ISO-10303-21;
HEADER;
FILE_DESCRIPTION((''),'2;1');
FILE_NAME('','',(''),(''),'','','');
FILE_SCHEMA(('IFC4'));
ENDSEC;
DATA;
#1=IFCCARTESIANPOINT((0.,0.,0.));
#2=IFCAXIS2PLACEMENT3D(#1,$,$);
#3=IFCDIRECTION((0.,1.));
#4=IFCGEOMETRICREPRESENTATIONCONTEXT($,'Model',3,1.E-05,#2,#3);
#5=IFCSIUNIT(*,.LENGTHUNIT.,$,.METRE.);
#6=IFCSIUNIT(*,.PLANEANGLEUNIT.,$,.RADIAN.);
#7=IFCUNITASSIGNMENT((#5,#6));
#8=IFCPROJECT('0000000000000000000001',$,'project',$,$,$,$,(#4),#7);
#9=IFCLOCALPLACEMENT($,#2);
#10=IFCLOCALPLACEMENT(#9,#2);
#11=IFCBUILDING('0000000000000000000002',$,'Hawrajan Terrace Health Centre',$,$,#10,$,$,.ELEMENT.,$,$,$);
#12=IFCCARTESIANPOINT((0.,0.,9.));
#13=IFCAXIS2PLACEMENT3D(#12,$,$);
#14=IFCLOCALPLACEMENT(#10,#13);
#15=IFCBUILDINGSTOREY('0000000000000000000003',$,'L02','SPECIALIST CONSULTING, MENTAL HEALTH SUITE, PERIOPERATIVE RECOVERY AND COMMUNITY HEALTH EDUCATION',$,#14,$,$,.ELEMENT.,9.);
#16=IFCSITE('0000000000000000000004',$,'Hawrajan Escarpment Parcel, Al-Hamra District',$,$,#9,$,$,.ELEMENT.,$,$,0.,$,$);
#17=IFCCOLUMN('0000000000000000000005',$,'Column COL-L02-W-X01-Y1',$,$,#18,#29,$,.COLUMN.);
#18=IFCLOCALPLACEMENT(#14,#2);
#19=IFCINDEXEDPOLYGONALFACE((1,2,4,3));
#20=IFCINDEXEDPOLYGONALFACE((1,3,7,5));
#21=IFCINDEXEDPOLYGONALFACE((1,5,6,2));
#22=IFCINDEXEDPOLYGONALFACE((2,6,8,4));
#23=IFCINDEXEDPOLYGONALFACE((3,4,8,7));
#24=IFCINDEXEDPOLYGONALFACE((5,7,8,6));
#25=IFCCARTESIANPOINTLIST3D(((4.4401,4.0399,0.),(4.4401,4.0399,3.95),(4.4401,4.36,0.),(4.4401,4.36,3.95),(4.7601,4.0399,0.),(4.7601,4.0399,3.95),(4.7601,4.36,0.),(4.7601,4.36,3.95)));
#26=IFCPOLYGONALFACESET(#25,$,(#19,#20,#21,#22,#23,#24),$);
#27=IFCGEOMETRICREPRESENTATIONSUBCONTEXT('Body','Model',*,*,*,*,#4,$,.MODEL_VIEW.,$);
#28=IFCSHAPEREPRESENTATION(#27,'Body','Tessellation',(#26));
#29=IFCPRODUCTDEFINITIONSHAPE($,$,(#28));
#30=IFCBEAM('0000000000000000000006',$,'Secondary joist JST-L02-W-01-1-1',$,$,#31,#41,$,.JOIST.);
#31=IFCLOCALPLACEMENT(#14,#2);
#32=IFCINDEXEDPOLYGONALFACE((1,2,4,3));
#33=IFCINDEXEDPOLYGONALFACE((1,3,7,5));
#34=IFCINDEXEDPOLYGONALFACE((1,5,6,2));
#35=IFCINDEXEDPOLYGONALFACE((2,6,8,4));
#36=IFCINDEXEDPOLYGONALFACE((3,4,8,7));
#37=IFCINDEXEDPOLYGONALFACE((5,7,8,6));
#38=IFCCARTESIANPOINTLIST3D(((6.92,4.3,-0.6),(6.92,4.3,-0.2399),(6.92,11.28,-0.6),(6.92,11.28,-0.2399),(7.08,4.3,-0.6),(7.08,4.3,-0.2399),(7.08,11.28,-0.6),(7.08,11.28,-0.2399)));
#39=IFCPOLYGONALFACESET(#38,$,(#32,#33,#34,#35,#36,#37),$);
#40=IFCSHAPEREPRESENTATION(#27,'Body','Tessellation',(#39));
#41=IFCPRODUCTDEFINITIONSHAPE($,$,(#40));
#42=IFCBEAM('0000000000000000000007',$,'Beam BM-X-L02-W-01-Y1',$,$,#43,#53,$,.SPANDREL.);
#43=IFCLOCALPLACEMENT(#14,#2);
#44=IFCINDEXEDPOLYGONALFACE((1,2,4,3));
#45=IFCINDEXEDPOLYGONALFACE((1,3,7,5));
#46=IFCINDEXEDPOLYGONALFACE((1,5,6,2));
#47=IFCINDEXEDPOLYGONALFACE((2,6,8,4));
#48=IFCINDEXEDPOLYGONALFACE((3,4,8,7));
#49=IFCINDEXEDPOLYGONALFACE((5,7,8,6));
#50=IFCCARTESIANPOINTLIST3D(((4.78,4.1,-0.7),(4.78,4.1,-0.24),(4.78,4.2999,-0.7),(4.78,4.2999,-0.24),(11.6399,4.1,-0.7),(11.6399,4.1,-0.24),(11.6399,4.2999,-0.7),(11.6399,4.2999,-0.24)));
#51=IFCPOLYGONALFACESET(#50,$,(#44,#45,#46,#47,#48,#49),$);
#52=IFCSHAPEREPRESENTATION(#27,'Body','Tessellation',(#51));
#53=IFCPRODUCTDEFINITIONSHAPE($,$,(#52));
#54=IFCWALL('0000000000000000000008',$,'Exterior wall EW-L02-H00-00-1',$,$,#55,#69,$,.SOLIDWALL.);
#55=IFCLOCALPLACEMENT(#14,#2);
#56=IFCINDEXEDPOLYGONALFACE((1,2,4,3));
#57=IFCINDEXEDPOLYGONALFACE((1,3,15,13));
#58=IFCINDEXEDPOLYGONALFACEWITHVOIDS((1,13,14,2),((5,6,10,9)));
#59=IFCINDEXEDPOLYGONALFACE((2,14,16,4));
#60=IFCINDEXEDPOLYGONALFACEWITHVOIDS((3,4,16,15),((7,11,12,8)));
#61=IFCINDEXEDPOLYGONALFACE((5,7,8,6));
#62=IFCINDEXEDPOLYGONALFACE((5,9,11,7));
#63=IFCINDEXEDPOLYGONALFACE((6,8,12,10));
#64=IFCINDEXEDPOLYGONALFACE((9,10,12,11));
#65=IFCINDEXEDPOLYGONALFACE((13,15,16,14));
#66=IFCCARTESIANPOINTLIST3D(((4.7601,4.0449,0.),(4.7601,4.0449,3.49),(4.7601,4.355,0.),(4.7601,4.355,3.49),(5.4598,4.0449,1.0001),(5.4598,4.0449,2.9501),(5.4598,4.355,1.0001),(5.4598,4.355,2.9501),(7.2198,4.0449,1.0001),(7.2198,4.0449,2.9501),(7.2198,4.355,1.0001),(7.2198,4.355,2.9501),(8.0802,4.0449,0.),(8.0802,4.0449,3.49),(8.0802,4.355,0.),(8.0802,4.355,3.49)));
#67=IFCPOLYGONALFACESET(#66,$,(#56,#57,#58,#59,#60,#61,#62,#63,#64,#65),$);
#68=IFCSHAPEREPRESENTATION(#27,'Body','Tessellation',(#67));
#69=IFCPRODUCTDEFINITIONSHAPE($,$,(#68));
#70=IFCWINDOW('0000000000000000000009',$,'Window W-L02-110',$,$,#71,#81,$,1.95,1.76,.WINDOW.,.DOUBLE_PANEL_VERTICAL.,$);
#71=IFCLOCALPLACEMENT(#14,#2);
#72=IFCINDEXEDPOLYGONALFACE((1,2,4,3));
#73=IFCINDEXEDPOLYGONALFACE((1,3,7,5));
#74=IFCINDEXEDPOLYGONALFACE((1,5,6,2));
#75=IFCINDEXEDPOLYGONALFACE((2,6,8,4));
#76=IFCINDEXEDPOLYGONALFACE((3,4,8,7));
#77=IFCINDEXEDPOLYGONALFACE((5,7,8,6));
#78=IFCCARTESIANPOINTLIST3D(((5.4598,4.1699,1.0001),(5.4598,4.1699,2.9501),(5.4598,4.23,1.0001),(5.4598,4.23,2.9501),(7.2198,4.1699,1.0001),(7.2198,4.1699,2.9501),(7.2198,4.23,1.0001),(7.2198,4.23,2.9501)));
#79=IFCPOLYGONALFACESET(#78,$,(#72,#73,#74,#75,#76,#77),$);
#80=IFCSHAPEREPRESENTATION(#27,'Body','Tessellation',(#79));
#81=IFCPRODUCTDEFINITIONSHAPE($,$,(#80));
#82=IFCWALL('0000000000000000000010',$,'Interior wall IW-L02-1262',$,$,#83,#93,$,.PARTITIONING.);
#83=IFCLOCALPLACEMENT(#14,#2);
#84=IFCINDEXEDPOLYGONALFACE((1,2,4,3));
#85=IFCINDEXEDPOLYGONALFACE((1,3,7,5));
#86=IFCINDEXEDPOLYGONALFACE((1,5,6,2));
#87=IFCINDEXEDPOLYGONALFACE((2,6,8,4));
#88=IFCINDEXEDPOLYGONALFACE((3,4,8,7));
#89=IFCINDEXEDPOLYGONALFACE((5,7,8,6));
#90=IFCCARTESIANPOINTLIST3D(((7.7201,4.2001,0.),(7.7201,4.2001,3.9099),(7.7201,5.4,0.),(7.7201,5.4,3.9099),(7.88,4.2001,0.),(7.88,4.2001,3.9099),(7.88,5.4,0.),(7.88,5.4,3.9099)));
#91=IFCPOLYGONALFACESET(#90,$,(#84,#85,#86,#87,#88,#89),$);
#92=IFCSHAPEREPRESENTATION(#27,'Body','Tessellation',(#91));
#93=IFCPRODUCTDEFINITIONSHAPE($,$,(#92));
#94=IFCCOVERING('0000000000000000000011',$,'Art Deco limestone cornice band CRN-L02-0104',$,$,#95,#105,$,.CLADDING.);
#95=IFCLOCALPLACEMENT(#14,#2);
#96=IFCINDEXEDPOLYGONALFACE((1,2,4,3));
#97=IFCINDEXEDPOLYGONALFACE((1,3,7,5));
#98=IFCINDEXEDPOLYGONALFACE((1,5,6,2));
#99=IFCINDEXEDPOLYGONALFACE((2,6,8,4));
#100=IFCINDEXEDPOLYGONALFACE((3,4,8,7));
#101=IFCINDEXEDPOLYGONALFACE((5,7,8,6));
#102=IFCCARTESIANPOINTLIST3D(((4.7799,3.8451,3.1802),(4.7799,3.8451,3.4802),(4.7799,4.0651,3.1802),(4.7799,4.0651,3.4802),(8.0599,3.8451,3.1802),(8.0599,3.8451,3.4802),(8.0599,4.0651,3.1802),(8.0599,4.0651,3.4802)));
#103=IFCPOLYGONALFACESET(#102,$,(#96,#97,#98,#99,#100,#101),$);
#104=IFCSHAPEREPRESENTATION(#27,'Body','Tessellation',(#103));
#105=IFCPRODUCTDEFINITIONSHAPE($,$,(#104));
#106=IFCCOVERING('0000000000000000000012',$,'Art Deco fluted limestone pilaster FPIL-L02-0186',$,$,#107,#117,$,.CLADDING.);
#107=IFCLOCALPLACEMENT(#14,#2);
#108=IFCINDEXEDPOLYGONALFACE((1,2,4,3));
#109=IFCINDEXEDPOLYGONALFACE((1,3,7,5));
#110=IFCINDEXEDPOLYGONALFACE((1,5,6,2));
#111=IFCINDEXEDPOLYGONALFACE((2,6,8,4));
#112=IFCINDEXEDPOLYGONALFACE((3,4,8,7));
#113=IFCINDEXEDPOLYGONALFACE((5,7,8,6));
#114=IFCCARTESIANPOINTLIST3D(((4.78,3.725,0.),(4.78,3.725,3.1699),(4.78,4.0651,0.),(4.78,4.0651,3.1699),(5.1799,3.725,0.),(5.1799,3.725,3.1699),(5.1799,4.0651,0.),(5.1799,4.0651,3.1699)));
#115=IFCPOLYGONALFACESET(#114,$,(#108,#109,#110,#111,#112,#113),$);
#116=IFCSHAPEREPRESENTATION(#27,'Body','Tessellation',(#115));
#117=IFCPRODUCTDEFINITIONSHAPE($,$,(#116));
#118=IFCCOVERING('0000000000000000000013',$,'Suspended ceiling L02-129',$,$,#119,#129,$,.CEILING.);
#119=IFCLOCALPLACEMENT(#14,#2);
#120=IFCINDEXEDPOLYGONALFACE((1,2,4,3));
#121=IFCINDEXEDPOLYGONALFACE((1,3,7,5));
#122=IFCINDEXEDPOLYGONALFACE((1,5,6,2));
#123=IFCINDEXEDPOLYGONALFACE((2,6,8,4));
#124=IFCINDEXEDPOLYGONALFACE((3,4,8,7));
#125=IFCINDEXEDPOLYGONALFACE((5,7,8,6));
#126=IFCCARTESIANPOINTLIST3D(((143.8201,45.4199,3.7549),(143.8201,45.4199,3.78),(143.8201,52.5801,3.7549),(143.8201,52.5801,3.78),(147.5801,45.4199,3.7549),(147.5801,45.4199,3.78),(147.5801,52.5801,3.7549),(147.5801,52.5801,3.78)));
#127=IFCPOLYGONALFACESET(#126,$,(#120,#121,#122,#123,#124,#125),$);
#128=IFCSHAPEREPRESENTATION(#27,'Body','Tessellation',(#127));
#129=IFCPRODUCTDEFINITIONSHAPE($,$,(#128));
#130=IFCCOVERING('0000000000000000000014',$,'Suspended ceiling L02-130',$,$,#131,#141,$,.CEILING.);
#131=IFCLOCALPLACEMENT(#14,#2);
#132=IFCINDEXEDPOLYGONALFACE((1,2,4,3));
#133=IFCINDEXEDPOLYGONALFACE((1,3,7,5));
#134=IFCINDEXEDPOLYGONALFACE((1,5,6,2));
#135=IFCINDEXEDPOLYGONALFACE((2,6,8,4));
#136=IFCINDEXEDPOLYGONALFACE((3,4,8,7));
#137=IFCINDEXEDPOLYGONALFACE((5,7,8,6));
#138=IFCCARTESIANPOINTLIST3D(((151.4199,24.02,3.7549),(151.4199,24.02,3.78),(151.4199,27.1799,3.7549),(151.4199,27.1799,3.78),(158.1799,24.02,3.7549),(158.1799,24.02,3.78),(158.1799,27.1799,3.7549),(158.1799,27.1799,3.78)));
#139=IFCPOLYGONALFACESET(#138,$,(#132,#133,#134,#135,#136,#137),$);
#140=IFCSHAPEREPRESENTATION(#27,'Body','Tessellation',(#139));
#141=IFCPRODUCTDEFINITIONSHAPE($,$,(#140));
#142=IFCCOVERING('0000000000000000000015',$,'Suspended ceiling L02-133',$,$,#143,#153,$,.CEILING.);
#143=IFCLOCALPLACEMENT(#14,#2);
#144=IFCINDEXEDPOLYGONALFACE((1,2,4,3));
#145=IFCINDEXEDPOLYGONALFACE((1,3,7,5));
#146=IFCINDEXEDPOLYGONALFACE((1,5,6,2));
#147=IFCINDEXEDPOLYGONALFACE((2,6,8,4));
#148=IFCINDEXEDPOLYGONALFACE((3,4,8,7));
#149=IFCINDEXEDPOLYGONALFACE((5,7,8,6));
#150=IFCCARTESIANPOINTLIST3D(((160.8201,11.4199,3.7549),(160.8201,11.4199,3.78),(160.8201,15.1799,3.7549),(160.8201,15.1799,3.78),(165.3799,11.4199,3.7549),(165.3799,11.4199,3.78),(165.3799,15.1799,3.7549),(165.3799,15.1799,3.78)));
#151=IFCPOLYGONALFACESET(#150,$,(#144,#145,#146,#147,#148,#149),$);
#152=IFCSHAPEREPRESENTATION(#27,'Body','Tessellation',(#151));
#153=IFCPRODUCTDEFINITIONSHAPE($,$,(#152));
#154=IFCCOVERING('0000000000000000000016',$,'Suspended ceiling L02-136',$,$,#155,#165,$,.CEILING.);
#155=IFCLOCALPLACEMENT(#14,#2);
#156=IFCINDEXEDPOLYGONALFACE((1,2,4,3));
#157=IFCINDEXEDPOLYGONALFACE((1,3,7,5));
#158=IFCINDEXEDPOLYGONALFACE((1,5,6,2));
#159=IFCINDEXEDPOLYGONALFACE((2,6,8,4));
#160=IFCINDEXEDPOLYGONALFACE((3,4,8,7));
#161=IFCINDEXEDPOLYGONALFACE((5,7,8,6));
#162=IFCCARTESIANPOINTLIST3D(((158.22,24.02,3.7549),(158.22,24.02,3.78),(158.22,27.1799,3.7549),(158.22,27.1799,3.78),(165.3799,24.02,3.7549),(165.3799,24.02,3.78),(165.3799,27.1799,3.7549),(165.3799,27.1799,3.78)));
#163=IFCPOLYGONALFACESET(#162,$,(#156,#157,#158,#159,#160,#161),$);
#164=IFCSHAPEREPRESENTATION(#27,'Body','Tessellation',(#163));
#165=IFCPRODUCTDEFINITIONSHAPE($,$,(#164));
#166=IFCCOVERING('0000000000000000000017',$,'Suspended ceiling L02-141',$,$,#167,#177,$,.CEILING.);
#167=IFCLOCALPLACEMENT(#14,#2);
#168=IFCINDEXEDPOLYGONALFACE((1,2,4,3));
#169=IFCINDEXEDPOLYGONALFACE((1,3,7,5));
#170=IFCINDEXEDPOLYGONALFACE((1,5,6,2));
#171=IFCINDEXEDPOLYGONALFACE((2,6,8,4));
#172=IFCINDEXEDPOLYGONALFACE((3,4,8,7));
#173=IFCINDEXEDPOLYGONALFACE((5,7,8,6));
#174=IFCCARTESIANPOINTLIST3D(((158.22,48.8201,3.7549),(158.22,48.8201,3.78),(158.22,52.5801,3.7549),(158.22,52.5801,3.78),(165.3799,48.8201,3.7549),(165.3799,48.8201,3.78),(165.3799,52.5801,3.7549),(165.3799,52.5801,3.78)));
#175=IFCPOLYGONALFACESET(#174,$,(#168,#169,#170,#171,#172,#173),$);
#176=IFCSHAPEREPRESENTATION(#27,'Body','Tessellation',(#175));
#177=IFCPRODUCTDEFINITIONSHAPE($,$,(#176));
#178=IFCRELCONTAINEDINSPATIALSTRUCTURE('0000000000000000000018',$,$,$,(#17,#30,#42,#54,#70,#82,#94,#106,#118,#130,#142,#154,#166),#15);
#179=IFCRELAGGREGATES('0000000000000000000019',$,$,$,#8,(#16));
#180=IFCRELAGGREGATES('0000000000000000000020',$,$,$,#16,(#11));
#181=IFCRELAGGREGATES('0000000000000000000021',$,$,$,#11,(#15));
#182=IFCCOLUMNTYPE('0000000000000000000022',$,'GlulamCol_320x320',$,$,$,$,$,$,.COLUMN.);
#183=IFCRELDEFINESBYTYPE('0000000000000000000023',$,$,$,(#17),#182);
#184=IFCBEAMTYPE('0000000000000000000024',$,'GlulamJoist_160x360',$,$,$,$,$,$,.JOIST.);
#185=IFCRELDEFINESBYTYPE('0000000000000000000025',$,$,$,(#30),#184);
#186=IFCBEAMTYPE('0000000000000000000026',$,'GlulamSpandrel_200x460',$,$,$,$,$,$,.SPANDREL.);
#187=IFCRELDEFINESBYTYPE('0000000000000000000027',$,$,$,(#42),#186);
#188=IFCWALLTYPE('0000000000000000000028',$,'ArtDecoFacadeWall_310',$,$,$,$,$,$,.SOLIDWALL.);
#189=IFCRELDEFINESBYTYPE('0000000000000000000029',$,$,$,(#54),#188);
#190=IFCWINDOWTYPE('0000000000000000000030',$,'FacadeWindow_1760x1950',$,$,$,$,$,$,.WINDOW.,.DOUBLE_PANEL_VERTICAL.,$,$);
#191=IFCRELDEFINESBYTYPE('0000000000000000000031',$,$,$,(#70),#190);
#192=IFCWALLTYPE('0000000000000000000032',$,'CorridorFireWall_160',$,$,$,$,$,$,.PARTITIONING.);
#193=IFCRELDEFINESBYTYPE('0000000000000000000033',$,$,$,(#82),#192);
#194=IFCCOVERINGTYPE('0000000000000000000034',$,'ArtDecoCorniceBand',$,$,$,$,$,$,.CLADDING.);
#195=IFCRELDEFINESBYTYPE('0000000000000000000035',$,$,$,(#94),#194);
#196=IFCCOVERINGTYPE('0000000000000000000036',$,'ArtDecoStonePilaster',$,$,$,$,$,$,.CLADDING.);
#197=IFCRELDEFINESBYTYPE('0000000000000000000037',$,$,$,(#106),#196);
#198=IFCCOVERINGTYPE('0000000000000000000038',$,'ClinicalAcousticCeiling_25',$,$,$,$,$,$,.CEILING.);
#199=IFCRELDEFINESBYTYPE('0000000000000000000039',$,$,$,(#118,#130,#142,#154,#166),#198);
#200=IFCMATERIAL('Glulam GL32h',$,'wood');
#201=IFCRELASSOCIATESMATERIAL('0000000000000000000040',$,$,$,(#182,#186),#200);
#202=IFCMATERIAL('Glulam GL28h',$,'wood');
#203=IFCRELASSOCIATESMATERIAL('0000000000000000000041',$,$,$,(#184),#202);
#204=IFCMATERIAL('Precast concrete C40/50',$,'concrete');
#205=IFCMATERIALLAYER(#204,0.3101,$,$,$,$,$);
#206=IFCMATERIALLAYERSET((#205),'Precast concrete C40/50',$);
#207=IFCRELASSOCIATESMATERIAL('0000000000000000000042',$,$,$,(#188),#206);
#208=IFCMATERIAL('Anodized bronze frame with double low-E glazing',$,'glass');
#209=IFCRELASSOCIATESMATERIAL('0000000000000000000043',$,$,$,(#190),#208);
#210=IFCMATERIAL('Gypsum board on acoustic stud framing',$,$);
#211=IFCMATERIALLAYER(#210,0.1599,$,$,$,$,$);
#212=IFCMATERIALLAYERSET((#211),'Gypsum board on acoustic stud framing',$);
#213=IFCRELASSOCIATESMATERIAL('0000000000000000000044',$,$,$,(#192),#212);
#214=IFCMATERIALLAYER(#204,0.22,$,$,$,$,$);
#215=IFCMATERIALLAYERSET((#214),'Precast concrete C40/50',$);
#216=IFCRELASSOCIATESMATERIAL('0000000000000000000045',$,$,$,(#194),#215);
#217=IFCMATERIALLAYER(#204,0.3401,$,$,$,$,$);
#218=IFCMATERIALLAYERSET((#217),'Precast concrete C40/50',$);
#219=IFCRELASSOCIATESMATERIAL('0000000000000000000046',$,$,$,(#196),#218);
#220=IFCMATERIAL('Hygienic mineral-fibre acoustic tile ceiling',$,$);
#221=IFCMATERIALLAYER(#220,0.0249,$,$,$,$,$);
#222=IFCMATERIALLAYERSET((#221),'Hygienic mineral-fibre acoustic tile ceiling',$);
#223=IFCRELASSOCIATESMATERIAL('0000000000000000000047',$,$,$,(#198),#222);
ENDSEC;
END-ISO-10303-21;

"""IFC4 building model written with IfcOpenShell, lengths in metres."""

from ifc_helpers import new_model, si_unit, direction, frame, frame_2d, origin, origin_2d, place, context, subcontext, project, spatial, polyline, rectangle, outline, extrude, material, layer, layer_set, material_profile, profile_set, type_object, element, fill, save


model = new_model("IFC4")

# Units and contexts
model_context = context("Model", 3, precision=1e-05, world=origin(), true_north=direction((0.0, 1.0)))
body_context = subcontext(model_context, "Body", "Model", "MODEL_VIEW")
ifc_project = project(units=[si_unit("LENGTHUNIT", "METRE"), si_unit("PLANEANGLEUNIT", "RADIAN")], contexts=[model_context])

# Site, building, storey
site_placement = place(None, origin())
site = spatial("IfcSite", under=ifc_project, at=site_placement, Name="Hawrajan Escarpment Parcel, Al-Hamra District", CompositionType="ELEMENT", RefElevation=0.0)
building_placement = place(site_placement, origin())
building = spatial("IfcBuilding", under=site, at=building_placement, Name="Hawrajan Terrace Health Centre", CompositionType="ELEMENT")
storey_placement = place(building_placement, frame((0.0, 0.0, 9.0)))
storey = spatial("IfcBuildingStorey", under=building, at=storey_placement, Name="L02", Description="SPECIALIST CONSULTING, MENTAL HEALTH SUITE, PERIOPERATIVE RECOVERY AND COMMUNITY HEALTH EDUCATION", CompositionType="ELEMENT", Elevation=9.0)

# Column
ifc_material_1 = material(Name="Glulam GL32h", Category="wood")
ifc_material_profile_1 = material_profile(ifc_material_1, rectangle(XDim=0.3201, YDim=0.3201, at=origin_2d()), Name="GL 320x320")
ifc_profile_set_1 = profile_set([ifc_material_profile_1], Name="Glulam GL32h")
column_type = type_object("IfcColumnType", Name="GlulamCol_320x320", PredefinedType="COLUMN", material=ifc_profile_set_1)
column_placement = place(storey_placement, frame((4.6001, 4.2, 0.0), z_axis=(0.0, 0.0, 1.0), x_axis=(1.0, 0.0, 0.0)))
element("IfcColumn", 1, at=column_placement, inside=storey, type_object=column_type, Name="Column COL-L02-W-X01-Y1", PredefinedType="COLUMN", context=body_context, shape_type="SweptSolid", body=[
    extrude(rectangle(XDim=0.3201, YDim=0.3201, at=origin_2d()), origin(), (0.0, 0.0, 1.0), 3.95),
])

# Beams
ifc_material_2 = material(Name="Glulam GL28h", Category="wood")
ifc_material_profile_2 = material_profile(ifc_material_2, rectangle(XDim=0.1599, YDim=0.3601, at=origin_2d()), Name="GL JST 160x360")
ifc_profile_set_2 = profile_set([ifc_material_profile_2], Name="Glulam GL28h")
beam_type_1 = type_object("IfcBeamType", Name="GlulamJoist_160x360", PredefinedType="JOIST", material=ifc_profile_set_2)
beam_1_placement = place(storey_placement, frame((7.0, 4.3, -0.4199), z_axis=(0.0, 1.0, 0.0), x_axis=(-1.0, 0.0, 0.0)))
element("IfcBeam", 2, at=beam_1_placement, inside=storey, type_object=beam_type_1, Name="Secondary joist JST-L02-W-01-1-1", PredefinedType="JOIST", context=body_context, shape_type="SweptSolid", body=[
    extrude(rectangle(XDim=0.1599, YDim=0.3601, at=origin_2d()), origin(), (0.0, 0.0, 1.0), 6.98),
])
ifc_material_profile_3 = material_profile(ifc_material_1, rectangle(XDim=0.2, YDim=0.46, at=origin_2d()), Name="GL SP 200x460")
ifc_profile_set_3 = profile_set([ifc_material_profile_3], Name="Glulam GL32h")
beam_type_2 = type_object("IfcBeamType", Name="GlulamSpandrel_200x460", PredefinedType="SPANDREL", material=ifc_profile_set_3)
beam_2_placement = place(storey_placement, frame((4.78, 4.2, -0.47), z_axis=(1.0, 0.0, 0.0), x_axis=(0.0, 1.0, 0.0)))
element("IfcBeam", 3, at=beam_2_placement, inside=storey, type_object=beam_type_2, Name="Beam BM-X-L02-W-01-Y1", PredefinedType="SPANDREL", context=body_context, shape_type="SweptSolid", body=[
    extrude(rectangle(XDim=0.2, YDim=0.46, at=origin_2d()), origin(), (0.0, 0.0, 1.0), 6.8599),
])

# Wall, opening, window
ifc_material_3 = material(Name="Precast concrete C40/50", Category="concrete")
ifc_layer_1 = layer(ifc_material_3, 0.3101)
ifc_layer_set_1 = layer_set([ifc_layer_1], Name="Precast concrete C40/50")
wall_type_1 = type_object("IfcWallType", Name="ArtDecoFacadeWall_310", PredefinedType="SOLIDWALL", material=ifc_layer_set_1)
wall_1_placement = place(storey_placement, frame((4.76, 4.2, 0.0), z_axis=(0.0, 0.0, 1.0), x_axis=(1.0, 0.0, 0.0)))
wall_1 = element("IfcWall", 4, at=wall_1_placement, inside=storey, type_object=wall_type_1, Name="Exterior wall EW-L02-H00-00-1", PredefinedType="SOLIDWALL", context=body_context, shape_type="SweptSolid", body=[
    extrude(rectangle(XDim=3.3201, YDim=0.3101, at=frame_2d((1.6602, 0.0))), origin(), (0.0, 0.0, 1.0), 3.49),
])
opening_placement = place(wall_1_placement, frame((0.7, 0.0, 1.0)))
opening = element("IfcOpeningElement", 5, at=opening_placement, cuts=wall_1, PredefinedType="OPENING", context=body_context, shape_type="SweptSolid", body=[
    extrude(rectangle(XDim=1.76, YDim=1.95, at=frame_2d((0.8799, 0.9751))), frame((0.0, 0.165, 0.0), z_axis=(0.0, -1.0, 0.0), x_axis=(1.0, 0.0, 0.0)), (0.0, 0.0, 1.0), 0.3301),
])
ifc_material_4 = material(Name="Anodized bronze frame with double low-E glazing", Category="glass")
window_type = type_object("IfcWindowType", Name="FacadeWindow_1760x1950", PartitioningType="DOUBLE_PANEL_VERTICAL", PredefinedType="WINDOW", material=ifc_material_4)
window_placement = place(opening_placement, origin())
window = element("IfcWindow", 6, at=window_placement, inside=storey, type_object=window_type, Name="Window W-L02-110", OverallHeight=1.95, OverallWidth=1.76, PartitioningType="DOUBLE_PANEL_VERTICAL", PredefinedType="WINDOW", context=body_context, shape_type="SweptSolid", body=[
    extrude(rectangle(XDim=1.76, YDim=1.95, at=frame_2d((0.8799, 0.9751))), frame((0.0, 0.03, 0.0), z_axis=(0.0, -1.0, 0.0), x_axis=(1.0, 0.0, 0.0)), (0.0, 0.0, 1.0), 0.0601),
])
fill(opening, window)

# Wall
ifc_material_5 = material(Name="Gypsum board on acoustic stud framing")
ifc_layer_2 = layer(ifc_material_5, 0.1599)
ifc_layer_set_2 = layer_set([ifc_layer_2], Name="Gypsum board on acoustic stud framing")
wall_type_2 = type_object("IfcWallType", Name="CorridorFireWall_160", PredefinedType="PARTITIONING", material=ifc_layer_set_2)
wall_2_placement = place(storey_placement, frame((7.8, 4.2, 0.0), z_axis=(0.0, 0.0, 1.0), x_axis=(0.0, 1.0, 0.0)))
element("IfcWall", 7, at=wall_2_placement, inside=storey, type_object=wall_type_2, Name="Interior wall IW-L02-1262", PredefinedType="PARTITIONING", context=body_context, shape_type="SweptSolid", body=[
    extrude(rectangle(XDim=1.2, YDim=0.1599, at=frame_2d((0.6001, 0.0))), origin(), (0.0, 0.0, 1.0), 3.9099),
])

# Coverings
ifc_layer_3 = layer(ifc_material_3, 0.22)
ifc_layer_set_3 = layer_set([ifc_layer_3], Name="Precast concrete C40/50")
covering_type_1 = type_object("IfcCoveringType", Name="ArtDecoCorniceBand", PredefinedType="CLADDING", material=ifc_layer_set_3)
covering_1_placement = place(storey_placement, frame((6.4199, 3.9551, 3.1802), z_axis=(0.0, 0.0, 1.0), x_axis=(1.0, 0.0, 0.0)))
element("IfcCovering", 8, at=covering_1_placement, inside=storey, type_object=covering_type_1, Name="Art Deco limestone cornice band CRN-L02-0104", PredefinedType="CLADDING", context=body_context, shape_type="SweptSolid", body=[
    extrude(rectangle(XDim=3.28, YDim=0.22, at=origin_2d()), origin(), (0.0, 0.0, 1.0), 0.3),
])
ifc_layer_4 = layer(ifc_material_3, 0.3401)
ifc_layer_set_4 = layer_set([ifc_layer_4], Name="Precast concrete C40/50")
covering_type_2 = type_object("IfcCoveringType", Name="ArtDecoStonePilaster", PredefinedType="CLADDING", material=ifc_layer_set_4)
covering_2_placement = place(storey_placement, frame((4.98, 3.895, 0.0), z_axis=(0.0, 0.0, 1.0), x_axis=(1.0, 0.0, 0.0)))
element("IfcCovering", 9, at=covering_2_placement, inside=storey, type_object=covering_type_2, Name="Art Deco fluted limestone pilaster FPIL-L02-0186", PredefinedType="CLADDING", context=body_context, shape_type="SweptSolid", body=[
    extrude(rectangle(XDim=0.3999, YDim=0.3401, at=origin_2d()), origin(), (0.0, 0.0, 1.0), 3.1699),
])
ifc_material_6 = material(Name="Hygienic mineral-fibre acoustic tile ceiling")
ifc_layer_5 = layer(ifc_material_6, 0.0249)
ifc_layer_set_5 = layer_set([ifc_layer_5], Name="Hygienic mineral-fibre acoustic tile ceiling")
covering_type_3 = type_object("IfcCoveringType", Name="ClinicalAcousticCeiling_25", PredefinedType="CEILING", material=ifc_layer_set_5)
covering_3_placement = place(storey_placement, frame((0.0, 0.0, 3.7549)))
element("IfcCovering", 10, at=covering_3_placement, inside=storey, type_object=covering_type_3, Name="Suspended ceiling L02-129", PredefinedType="CEILING", context=body_context, shape_type="SweptSolid", body=[
    extrude(outline(polyline([(143.8201, 52.5801), (147.5801, 52.5801), (147.5801, 45.4199), (143.8201, 45.4199), (143.8201, 52.5801)])), origin(), (0.0, 0.0, 1.0), 0.0251),
])
covering_4_placement = place(storey_placement, frame((0.0, 0.0, 3.7549)))
element("IfcCovering", 11, at=covering_4_placement, inside=storey, type_object=covering_type_3, Name="Suspended ceiling L02-130", PredefinedType="CEILING", context=body_context, shape_type="SweptSolid", body=[
    extrude(outline(polyline([(151.4199, 27.1799), (158.1799, 27.1799), (158.1799, 24.02), (151.4199, 24.02), (151.4199, 27.1799)])), origin(), (0.0, 0.0, 1.0), 0.0251),
])
covering_5_placement = place(storey_placement, frame((0.0, 0.0, 3.7549)))
element("IfcCovering", 12, at=covering_5_placement, inside=storey, type_object=covering_type_3, Name="Suspended ceiling L02-133", PredefinedType="CEILING", context=body_context, shape_type="SweptSolid", body=[
    extrude(outline(polyline([(160.8201, 15.1799), (165.3799, 15.1799), (165.3799, 11.4199), (160.8201, 11.4199), (160.8201, 15.1799)])), origin(), (0.0, 0.0, 1.0), 0.0251),
])
covering_6_placement = place(storey_placement, frame((0.0, 0.0, 3.7549)))
element("IfcCovering", 13, at=covering_6_placement, inside=storey, type_object=covering_type_3, Name="Suspended ceiling L02-136", PredefinedType="CEILING", context=body_context, shape_type="SweptSolid", body=[
    extrude(outline(polyline([(158.22, 27.1799), (165.3799, 27.1799), (165.3799, 24.02), (158.22, 24.02), (158.22, 27.1799)])), origin(), (0.0, 0.0, 1.0), 0.0251),
])
covering_7_placement = place(storey_placement, frame((0.0, 0.0, 3.7549)))
element("IfcCovering", 14, at=covering_7_placement, inside=storey, type_object=covering_type_3, Name="Suspended ceiling L02-141", PredefinedType="CEILING", context=body_context, shape_type="SweptSolid", body=[
    extrude(outline(polyline([(158.22, 52.5801), (165.3799, 52.5801), (165.3799, 48.8201), (158.22, 48.8201), (158.22, 52.5801)])), origin(), (0.0, 0.0, 1.0), 0.0251),
])

save(model, "model.ifc")
